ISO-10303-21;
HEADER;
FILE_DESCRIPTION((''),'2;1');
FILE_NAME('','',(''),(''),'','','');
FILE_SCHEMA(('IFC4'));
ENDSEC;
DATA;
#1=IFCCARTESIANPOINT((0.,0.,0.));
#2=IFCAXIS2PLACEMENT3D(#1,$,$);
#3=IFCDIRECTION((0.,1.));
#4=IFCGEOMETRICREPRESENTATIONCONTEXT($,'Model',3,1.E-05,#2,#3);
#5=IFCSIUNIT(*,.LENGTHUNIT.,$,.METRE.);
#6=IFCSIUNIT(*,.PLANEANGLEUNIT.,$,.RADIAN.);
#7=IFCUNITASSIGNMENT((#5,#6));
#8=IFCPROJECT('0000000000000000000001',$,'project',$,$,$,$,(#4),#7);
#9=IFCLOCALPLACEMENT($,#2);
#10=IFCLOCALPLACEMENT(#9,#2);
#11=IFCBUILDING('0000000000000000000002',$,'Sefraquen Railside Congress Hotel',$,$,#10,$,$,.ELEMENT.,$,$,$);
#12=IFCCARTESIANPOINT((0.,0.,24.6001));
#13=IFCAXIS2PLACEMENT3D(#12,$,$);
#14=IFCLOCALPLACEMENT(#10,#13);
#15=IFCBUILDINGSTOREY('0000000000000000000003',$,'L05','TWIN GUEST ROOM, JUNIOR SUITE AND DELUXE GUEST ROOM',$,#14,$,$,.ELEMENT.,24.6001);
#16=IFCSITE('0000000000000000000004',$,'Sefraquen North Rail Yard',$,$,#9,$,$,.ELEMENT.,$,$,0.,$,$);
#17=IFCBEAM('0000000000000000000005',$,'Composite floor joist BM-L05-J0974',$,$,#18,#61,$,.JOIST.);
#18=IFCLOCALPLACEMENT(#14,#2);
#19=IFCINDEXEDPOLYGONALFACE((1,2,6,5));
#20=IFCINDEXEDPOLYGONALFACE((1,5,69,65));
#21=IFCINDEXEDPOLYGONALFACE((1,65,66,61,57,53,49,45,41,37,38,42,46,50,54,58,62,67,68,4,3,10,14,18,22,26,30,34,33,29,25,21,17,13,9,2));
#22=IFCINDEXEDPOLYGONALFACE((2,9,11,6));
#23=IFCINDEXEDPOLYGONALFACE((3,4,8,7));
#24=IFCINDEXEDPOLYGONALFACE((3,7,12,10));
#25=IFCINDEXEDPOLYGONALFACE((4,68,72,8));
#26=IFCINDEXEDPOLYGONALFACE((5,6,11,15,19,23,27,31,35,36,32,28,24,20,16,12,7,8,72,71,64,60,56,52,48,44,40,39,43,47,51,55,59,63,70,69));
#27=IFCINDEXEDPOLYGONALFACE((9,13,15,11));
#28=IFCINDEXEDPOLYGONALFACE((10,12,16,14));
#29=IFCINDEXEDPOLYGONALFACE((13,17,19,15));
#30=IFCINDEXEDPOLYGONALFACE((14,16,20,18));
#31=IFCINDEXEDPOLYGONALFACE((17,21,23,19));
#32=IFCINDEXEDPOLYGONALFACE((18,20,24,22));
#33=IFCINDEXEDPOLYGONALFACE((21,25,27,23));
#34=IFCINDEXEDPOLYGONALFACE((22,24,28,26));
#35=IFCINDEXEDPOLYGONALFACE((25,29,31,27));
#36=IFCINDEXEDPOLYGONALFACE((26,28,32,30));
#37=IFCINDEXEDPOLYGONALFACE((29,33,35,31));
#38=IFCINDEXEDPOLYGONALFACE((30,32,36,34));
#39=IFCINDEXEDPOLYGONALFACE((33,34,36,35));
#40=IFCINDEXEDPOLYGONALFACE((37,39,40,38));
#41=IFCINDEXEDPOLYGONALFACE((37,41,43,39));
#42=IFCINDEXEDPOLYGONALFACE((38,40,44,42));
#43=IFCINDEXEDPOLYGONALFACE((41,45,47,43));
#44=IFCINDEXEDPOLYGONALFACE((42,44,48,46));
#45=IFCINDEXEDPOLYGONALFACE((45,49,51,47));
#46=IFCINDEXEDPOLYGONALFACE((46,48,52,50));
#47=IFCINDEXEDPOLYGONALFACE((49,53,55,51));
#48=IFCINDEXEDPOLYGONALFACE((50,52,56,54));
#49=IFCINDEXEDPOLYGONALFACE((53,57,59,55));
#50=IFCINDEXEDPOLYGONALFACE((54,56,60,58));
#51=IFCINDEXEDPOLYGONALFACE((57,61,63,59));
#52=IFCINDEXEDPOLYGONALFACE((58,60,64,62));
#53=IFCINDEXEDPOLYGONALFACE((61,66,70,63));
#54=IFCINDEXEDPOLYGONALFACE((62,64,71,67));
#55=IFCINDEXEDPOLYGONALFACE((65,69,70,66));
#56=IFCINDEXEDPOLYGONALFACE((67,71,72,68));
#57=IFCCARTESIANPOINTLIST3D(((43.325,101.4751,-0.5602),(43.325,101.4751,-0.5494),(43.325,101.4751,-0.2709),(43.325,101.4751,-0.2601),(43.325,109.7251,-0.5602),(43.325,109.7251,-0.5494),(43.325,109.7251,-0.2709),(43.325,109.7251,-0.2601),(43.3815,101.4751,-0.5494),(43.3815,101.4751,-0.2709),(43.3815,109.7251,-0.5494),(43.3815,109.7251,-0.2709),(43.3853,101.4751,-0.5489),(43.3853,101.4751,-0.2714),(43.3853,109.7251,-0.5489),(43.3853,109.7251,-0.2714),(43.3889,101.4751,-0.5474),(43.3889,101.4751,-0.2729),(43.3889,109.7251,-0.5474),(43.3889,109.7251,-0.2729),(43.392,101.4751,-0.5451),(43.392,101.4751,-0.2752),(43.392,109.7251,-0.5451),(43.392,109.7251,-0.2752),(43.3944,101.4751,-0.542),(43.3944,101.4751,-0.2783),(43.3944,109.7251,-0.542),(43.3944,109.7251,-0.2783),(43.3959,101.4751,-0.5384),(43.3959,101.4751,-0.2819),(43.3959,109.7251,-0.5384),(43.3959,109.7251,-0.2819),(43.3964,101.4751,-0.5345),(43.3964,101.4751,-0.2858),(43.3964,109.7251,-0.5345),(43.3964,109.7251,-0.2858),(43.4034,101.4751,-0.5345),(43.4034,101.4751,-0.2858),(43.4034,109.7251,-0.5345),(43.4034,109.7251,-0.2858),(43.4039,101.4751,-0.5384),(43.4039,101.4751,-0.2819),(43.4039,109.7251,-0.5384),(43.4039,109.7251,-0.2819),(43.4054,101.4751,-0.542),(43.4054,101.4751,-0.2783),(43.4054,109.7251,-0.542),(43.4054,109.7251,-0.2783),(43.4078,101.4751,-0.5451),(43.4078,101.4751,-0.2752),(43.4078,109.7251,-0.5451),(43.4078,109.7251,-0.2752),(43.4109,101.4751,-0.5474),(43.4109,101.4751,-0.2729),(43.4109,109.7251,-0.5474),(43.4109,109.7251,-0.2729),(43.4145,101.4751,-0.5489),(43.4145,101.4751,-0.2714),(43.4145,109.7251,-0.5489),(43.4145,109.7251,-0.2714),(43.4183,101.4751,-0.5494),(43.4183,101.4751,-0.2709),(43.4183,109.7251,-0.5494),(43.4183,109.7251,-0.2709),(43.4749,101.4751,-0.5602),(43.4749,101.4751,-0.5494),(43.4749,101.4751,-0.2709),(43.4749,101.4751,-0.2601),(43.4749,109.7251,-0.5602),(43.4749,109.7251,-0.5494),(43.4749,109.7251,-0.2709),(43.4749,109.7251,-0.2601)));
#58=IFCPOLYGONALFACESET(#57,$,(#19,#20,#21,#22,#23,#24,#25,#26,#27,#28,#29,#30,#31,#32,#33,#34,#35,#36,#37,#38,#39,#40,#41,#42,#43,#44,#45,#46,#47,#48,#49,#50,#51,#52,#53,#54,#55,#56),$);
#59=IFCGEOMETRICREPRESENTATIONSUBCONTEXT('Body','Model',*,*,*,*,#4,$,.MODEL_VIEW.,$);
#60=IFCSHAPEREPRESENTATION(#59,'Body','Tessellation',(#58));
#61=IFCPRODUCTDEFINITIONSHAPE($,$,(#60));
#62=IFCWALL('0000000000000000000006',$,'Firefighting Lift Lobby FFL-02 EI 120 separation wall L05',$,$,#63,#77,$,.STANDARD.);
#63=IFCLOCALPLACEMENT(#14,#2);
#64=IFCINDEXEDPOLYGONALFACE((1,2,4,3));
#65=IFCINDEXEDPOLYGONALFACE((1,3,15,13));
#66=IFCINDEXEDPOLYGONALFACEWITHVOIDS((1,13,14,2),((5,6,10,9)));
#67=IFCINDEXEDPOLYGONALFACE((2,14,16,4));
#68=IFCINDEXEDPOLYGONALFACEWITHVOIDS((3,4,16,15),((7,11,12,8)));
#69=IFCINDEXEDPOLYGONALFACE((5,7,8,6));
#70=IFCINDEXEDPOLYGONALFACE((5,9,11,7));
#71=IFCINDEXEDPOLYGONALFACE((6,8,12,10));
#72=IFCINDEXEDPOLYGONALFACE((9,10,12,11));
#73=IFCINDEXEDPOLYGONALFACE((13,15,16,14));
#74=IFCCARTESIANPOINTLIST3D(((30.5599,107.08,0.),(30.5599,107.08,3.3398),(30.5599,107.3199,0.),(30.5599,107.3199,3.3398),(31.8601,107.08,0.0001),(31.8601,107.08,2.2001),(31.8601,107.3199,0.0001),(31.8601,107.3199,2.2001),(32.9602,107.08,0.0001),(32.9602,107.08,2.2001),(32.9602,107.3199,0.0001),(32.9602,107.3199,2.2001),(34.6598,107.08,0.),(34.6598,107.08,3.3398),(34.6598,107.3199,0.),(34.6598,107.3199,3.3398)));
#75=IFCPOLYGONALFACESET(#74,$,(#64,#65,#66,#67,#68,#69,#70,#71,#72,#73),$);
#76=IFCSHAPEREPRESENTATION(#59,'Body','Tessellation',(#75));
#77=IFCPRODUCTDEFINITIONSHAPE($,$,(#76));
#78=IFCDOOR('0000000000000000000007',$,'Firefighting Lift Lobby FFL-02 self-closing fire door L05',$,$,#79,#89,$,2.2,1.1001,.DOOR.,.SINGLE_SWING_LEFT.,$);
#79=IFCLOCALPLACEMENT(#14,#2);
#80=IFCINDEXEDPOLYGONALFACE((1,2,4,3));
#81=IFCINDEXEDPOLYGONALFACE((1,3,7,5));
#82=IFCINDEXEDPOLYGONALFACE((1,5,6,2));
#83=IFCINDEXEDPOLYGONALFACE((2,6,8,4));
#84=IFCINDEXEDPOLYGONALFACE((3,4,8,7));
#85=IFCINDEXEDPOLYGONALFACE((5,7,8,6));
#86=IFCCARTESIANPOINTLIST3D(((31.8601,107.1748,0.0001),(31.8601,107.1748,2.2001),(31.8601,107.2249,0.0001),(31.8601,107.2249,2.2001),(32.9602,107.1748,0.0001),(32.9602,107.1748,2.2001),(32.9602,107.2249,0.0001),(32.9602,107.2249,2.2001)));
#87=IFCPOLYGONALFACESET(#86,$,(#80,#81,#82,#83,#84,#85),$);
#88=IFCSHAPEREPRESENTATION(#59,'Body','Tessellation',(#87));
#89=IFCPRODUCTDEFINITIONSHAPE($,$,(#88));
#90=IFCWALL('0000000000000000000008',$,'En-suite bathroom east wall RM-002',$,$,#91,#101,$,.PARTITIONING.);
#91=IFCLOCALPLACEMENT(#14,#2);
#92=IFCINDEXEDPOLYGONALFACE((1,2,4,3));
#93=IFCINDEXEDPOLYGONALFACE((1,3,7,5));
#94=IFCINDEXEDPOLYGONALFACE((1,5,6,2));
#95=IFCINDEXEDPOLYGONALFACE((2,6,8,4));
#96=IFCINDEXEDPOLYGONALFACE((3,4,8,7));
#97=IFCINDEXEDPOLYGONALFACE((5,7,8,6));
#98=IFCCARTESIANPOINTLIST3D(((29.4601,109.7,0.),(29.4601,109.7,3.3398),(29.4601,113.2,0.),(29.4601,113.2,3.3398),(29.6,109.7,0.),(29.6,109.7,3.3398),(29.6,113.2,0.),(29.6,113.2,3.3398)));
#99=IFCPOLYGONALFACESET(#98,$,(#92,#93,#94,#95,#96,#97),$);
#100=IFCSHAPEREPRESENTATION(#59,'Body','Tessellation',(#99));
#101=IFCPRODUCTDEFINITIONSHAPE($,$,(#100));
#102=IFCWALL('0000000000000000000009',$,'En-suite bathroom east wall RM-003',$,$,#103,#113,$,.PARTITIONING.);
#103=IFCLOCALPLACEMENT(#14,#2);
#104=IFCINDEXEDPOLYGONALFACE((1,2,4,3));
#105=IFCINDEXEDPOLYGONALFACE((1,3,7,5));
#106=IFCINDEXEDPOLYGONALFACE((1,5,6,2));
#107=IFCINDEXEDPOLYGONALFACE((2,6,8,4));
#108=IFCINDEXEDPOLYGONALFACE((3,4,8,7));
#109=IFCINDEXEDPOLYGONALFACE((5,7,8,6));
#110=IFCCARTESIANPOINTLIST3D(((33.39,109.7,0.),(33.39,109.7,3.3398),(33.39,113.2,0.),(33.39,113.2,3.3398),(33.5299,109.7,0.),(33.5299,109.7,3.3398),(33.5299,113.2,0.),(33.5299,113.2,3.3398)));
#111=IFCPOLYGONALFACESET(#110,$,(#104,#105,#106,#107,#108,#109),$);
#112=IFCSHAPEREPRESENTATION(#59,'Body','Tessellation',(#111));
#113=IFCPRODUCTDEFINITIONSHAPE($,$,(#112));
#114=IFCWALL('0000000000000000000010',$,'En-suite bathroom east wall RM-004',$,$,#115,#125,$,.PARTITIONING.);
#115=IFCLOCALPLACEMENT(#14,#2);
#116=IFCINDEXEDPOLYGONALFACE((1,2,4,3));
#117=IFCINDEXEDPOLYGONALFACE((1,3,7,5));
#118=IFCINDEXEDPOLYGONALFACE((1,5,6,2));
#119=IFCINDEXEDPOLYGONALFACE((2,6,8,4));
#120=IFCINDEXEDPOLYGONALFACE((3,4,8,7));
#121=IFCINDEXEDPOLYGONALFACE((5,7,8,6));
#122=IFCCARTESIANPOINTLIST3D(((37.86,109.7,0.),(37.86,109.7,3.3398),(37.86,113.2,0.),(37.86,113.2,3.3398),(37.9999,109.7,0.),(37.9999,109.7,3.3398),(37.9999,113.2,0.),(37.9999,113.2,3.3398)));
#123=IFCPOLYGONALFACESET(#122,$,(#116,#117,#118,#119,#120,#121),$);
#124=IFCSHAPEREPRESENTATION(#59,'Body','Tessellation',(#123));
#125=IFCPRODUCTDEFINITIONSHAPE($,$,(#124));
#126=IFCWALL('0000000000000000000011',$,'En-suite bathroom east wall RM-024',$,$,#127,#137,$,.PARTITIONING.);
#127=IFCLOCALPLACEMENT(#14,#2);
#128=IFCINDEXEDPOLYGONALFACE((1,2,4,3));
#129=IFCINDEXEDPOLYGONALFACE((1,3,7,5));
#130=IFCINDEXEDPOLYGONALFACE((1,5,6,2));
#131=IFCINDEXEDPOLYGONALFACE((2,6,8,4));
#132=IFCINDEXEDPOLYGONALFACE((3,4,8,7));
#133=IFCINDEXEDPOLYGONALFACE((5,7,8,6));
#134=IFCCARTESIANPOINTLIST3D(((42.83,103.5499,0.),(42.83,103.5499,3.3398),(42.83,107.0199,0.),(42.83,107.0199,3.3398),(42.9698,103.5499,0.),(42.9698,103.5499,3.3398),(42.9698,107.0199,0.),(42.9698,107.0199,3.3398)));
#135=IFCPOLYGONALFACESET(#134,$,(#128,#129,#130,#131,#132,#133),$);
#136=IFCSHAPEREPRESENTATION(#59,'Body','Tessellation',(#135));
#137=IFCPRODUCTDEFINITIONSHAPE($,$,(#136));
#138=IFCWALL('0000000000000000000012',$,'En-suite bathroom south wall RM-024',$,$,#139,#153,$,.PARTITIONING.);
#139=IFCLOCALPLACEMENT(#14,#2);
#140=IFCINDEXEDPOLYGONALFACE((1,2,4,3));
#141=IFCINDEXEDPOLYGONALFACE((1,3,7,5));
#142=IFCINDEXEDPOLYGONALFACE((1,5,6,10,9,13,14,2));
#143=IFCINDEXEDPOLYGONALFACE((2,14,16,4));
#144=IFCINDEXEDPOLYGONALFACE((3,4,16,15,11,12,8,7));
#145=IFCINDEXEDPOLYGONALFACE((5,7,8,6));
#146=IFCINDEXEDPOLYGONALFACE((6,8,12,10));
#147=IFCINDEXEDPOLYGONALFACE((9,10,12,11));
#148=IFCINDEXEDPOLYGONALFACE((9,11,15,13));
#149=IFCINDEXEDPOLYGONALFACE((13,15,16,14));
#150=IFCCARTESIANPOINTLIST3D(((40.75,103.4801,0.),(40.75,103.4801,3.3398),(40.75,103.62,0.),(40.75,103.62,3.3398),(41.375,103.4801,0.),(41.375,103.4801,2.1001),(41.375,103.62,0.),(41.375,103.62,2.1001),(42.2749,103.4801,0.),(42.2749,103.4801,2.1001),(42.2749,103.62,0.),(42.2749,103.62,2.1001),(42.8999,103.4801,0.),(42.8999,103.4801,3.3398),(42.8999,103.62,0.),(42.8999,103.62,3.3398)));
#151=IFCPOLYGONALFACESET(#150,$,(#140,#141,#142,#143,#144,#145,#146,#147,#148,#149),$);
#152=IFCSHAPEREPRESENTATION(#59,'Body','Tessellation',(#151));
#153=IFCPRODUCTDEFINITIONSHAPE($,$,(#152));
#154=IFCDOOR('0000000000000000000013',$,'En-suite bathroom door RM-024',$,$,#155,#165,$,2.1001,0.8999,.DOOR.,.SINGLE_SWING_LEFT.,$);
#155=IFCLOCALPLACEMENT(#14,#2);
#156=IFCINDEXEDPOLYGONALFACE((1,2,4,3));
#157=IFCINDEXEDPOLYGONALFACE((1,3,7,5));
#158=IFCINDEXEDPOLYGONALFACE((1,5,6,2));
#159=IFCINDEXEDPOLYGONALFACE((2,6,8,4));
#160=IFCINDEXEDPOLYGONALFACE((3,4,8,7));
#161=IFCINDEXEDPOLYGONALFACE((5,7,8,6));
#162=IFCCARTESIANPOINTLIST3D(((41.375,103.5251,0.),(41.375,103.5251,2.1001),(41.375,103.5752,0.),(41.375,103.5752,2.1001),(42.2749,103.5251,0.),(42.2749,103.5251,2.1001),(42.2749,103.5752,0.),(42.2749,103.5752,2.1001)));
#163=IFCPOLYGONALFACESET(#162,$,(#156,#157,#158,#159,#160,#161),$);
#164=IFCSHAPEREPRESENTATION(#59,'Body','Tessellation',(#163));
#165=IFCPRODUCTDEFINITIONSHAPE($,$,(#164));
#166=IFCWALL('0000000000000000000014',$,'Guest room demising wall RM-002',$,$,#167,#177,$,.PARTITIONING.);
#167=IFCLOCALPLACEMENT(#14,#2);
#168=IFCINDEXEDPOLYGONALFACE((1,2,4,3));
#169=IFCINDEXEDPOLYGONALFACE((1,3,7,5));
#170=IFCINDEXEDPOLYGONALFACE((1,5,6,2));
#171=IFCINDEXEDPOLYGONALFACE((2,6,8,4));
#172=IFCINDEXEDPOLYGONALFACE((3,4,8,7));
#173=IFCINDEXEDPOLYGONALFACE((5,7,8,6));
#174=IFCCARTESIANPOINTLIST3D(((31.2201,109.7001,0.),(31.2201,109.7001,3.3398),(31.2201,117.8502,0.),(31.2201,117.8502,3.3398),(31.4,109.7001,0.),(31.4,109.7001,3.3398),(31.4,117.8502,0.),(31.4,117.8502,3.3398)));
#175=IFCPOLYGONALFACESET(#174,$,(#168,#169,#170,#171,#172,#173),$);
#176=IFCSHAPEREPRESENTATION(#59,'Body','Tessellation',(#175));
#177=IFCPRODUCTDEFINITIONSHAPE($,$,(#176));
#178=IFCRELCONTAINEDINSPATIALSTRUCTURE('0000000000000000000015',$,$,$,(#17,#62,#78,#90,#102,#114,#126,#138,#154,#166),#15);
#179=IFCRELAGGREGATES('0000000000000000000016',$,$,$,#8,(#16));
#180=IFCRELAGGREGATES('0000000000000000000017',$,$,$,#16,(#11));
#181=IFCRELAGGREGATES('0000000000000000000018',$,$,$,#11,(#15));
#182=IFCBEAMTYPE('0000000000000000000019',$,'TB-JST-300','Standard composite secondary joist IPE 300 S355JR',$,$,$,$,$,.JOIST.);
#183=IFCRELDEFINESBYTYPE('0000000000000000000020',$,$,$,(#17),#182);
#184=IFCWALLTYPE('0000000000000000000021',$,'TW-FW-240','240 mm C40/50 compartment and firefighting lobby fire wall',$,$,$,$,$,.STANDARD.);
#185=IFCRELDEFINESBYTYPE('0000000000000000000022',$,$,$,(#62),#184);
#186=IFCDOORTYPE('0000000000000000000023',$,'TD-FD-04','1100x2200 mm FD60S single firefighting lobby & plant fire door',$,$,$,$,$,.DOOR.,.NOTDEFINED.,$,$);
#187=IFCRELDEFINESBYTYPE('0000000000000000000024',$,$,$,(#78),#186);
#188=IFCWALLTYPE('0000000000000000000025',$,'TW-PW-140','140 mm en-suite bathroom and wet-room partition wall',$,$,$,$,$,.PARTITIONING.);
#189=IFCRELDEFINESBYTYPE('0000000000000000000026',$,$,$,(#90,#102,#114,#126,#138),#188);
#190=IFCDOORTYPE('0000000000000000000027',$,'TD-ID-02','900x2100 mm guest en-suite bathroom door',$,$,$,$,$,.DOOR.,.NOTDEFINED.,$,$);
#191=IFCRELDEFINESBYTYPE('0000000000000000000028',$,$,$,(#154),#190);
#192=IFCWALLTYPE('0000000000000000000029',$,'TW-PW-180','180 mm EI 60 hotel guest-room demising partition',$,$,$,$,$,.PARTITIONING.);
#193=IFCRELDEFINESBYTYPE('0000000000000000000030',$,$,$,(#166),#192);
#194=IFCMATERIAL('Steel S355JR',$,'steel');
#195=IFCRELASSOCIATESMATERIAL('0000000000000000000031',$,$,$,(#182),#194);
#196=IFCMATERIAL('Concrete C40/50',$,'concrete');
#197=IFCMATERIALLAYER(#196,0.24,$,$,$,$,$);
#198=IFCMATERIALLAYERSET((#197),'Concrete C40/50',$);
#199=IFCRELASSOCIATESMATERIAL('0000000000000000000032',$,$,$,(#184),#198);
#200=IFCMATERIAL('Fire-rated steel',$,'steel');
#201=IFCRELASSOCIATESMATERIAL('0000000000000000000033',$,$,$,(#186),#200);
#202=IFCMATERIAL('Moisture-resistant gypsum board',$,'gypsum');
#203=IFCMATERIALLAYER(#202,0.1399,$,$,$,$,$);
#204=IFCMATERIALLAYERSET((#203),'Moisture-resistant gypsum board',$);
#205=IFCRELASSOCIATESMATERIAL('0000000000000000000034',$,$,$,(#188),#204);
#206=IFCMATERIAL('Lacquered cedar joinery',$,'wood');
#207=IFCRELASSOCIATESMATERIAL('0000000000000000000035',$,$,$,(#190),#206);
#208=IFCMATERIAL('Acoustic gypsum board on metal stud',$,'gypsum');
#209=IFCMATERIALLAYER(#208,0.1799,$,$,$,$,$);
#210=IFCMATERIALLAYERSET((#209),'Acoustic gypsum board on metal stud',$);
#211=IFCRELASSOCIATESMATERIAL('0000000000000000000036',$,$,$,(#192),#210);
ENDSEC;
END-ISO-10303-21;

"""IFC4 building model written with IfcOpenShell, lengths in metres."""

from ifc_helpers import new_model, si_unit, direction, frame, frame_2d, origin, origin_2d, place, context, subcontext, project, spatial, rectangle, i_section, extrude, material, layer, layer_set, material_profile, profile_set, type_object, element, fill, save


model = new_model("IFC4")

# Units and contexts
model_context = context("Model", 3, precision=1e-05, world=origin(), true_north=direction((0.0, 1.0)))
body_context = subcontext(model_context, "Body", "Model", "MODEL_VIEW")
ifc_project = project(units=[si_unit("LENGTHUNIT", "METRE"), si_unit("PLANEANGLEUNIT", "RADIAN")], contexts=[model_context])

# Site, building, storey
site_placement = place(None, origin())
site = spatial("IfcSite", under=ifc_project, at=site_placement, Name="Sefraquen North Rail Yard", CompositionType="ELEMENT", RefElevation=0.0)
building_placement = place(site_placement, origin())
building = spatial("IfcBuilding", under=site, at=building_placement, Name="Sefraquen Railside Congress Hotel", CompositionType="ELEMENT")
storey_placement = place(building_placement, frame((0.0, 0.0, 24.6001)))
storey = spatial("IfcBuildingStorey", under=building, at=storey_placement, Name="L05", Description="TWIN GUEST ROOM, JUNIOR SUITE AND DELUXE GUEST ROOM", CompositionType="ELEMENT", Elevation=24.6001)

# Shared definitions
ifc_material_1 = material(Name="Steel S355JR", Category="steel")

# Beam
ifc_material_profile_1 = material_profile(ifc_material_1, i_section(OverallWidth=0.1499, OverallDepth=0.3, WebThickness=0.0071, FlangeThickness=0.0107, FilletRadius=0.0149, at=origin_2d()), Name="IPE 300")
ifc_profile_set_1 = profile_set([ifc_material_profile_1], Name="Steel S355JR")
beam_type_1 = type_object("IfcBeamType", Name="TB-JST-300", Description="Standard composite secondary joist IPE 300 S355JR", PredefinedType="JOIST", material=ifc_profile_set_1)
for number, where, z_axis, x_axis, name in (
    (1, (43.3999, 101.4751, -0.4102), (0.0, 1.0, 0.0), (-1.0, 0.0, 0.0), "Composite floor joist BM-L05-J0974"),
):
    element("IfcBeam", number, at=place(storey_placement, frame(where, z_axis=z_axis, x_axis=x_axis)), inside=storey, type_object=beam_type_1, Name=name, PredefinedType="JOIST", context=body_context, shape_type="SweptSolid", body=[
        extrude(i_section(OverallWidth=0.1499, OverallDepth=0.3, WebThickness=0.0071, FlangeThickness=0.0107, FilletRadius=0.0149, at=origin_2d()), origin(), (0.0, 0.0, 1.0), 8.25),
    ])

# Wall, opening, door
ifc_material_2 = material(Name="Concrete C40/50", Category="concrete")
ifc_layer_1 = layer(ifc_material_2, 0.24)
ifc_layer_set_1 = layer_set([ifc_layer_1], Name="Concrete C40/50")
wall_type_1 = type_object("IfcWallType", Name="TW-FW-240", Description="240 mm C40/50 compartment and firefighting lobby fire wall", PredefinedType="STANDARD", material=ifc_layer_set_1)
wall_1_placement = place(storey_placement, frame((30.5601, 107.2, 0.0), z_axis=(0.0, 0.0, 1.0), x_axis=(1.0, 0.0, 0.0)))
wall_1 = element("IfcWall", 2, at=wall_1_placement, inside=storey, type_object=wall_type_1, Name="Firefighting Lift Lobby FFL-02 EI 120 separation wall L05", PredefinedType="STANDARD", context=body_context, shape_type="SweptSolid", body=[
    extrude(rectangle(XDim=4.0999, YDim=0.24, at=frame_2d((2.0498, 0.0))), origin(), (0.0, 0.0, 1.0), 3.3398),
])
opening_1_placement = place(wall_1_placement, frame((1.3, 0.0, 0.0)))
opening_1 = element("IfcOpeningElement", 3, at=opening_1_placement, cuts=wall_1, PredefinedType="OPENING", context=body_context, shape_type="SweptSolid", body=[
    extrude(rectangle(XDim=1.1001, YDim=2.2, at=frame_2d((0.55, 1.1001))), frame((0.0, 0.1299, 0.0), z_axis=(0.0, -1.0, 0.0), x_axis=(1.0, 0.0, 0.0)), (0.0, 0.0, 1.0), 0.26),
])
ifc_material_3 = material(Name="Fire-rated steel", Category="steel")
door_type_1 = type_object("IfcDoorType", Name="TD-FD-04", Description="1100x2200 mm FD60S single firefighting lobby & plant fire door", OperationType="NOTDEFINED", PredefinedType="DOOR", material=ifc_material_3)
door_1_placement = place(opening_1_placement, origin())
door_1 = element("IfcDoor", 4, at=door_1_placement, inside=storey, type_object=door_type_1, Name="Firefighting Lift Lobby FFL-02 self-closing fire door L05", OperationType="SINGLE_SWING_LEFT", OverallHeight=2.2, OverallWidth=1.1001, PredefinedType="DOOR", context=body_context, shape_type="SweptSolid", body=[
    extrude(rectangle(XDim=1.1001, YDim=2.2, at=frame_2d((0.55, 1.1001))), frame((0.0, 0.0249, 0.0), z_axis=(0.0, -1.0, 0.0), x_axis=(1.0, 0.0, 0.0)), (0.0, 0.0, 1.0), 0.05),
])
fill(opening_1, door_1)

# Walls
ifc_material_4 = material(Name="Moisture-resistant gypsum board", Category="gypsum")
ifc_layer_2 = layer(ifc_material_4, 0.1399)
ifc_layer_set_2 = layer_set([ifc_layer_2], Name="Moisture-resistant gypsum board")
wall_type_2 = type_object("IfcWallType", Name="TW-PW-140", Description="140 mm en-suite bathroom and wet-room partition wall", PredefinedType="PARTITIONING", material=ifc_layer_set_2)
for number, where, z_axis, x_axis, name in (
    (5, (29.53, 109.7, 0.0), (0.0, 0.0, 1.0), (0.0, 1.0, 0.0), "En-suite bathroom east wall RM-002"),
    (6, (33.46, 109.7, 0.0), (0.0, 0.0, 1.0), (0.0, 1.0, 0.0), "En-suite bathroom east wall RM-003"),
    (7, (37.9299, 109.7, 0.0), (0.0, 0.0, 1.0), (0.0, 1.0, 0.0), "En-suite bathroom east wall RM-004"),
):
    element("IfcWall", number, at=place(storey_placement, frame(where, z_axis=z_axis, x_axis=x_axis)), inside=storey, type_object=wall_type_2, Name=name, PredefinedType="PARTITIONING", context=body_context, shape_type="SweptSolid", body=[
        extrude(rectangle(XDim=3.5, YDim=0.1399, at=frame_2d((1.75, 0.0))), origin(), (0.0, 0.0, 1.0), 3.3398),
    ])
wall_2_placement = place(storey_placement, frame((42.8999, 103.55, 0.0), z_axis=(0.0, 0.0, 1.0), x_axis=(0.0, 1.0, 0.0)))
element("IfcWall", 8, at=wall_2_placement, inside=storey, type_object=wall_type_2, Name="En-suite bathroom east wall RM-024", PredefinedType="PARTITIONING", context=body_context, shape_type="SweptSolid", body=[
    extrude(rectangle(XDim=3.47, YDim=0.1399, at=frame_2d((1.7349, 0.0))), origin(), (0.0, 0.0, 1.0), 3.3398),
])

# Wall, opening, door
wall_3_placement = place(storey_placement, frame((40.75, 103.55, 0.0), z_axis=(0.0, 0.0, 1.0), x_axis=(1.0, 0.0, 0.0)))
wall_3 = element("IfcWall", 9, at=wall_3_placement, inside=storey, type_object=wall_type_2, Name="En-suite bathroom south wall RM-024", PredefinedType="PARTITIONING", context=body_context, shape_type="SweptSolid", body=[
    extrude(rectangle(XDim=2.1499, YDim=0.1399, at=frame_2d((1.075, 0.0))), origin(), (0.0, 0.0, 1.0), 3.3398),
])
opening_2_placement = place(wall_3_placement, frame((0.625, 0.0, 0.0)))
opening_2 = element("IfcOpeningElement", 10, at=opening_2_placement, cuts=wall_3, PredefinedType="OPENING", context=body_context, shape_type="SweptSolid", body=[
    extrude(rectangle(XDim=0.8999, YDim=2.1001, at=frame_2d((0.45, 1.05))), frame((0.0, 0.0798, 0.0), z_axis=(0.0, -1.0, 0.0), x_axis=(1.0, 0.0, 0.0)), (0.0, 0.0, 1.0), 0.1599),
])
ifc_material_5 = material(Name="Lacquered cedar joinery", Category="wood")
door_type_2 = type_object("IfcDoorType", Name="TD-ID-02", Description="900x2100 mm guest en-suite bathroom door", OperationType="NOTDEFINED", PredefinedType="DOOR", material=ifc_material_5)
door_2_placement = place(opening_2_placement, frame((0.8999, 0.0, 0.0), z_axis=(0.0, 0.0, 1.0), x_axis=(-1.0, 0.0, 0.0)))
door_2 = element("IfcDoor", 11, at=door_2_placement, inside=storey, type_object=door_type_2, Name="En-suite bathroom door RM-024", OperationType="SINGLE_SWING_LEFT", OverallHeight=2.1001, OverallWidth=0.8999, PredefinedType="DOOR", context=body_context, shape_type="SweptSolid", body=[
    extrude(rectangle(XDim=0.8999, YDim=2.1001, at=frame_2d((0.45, 1.05))), frame((0.0, 0.0249, 0.0), z_axis=(0.0, -1.0, 0.0), x_axis=(1.0, 0.0, 0.0)), (0.0, 0.0, 1.0), 0.05),
])
fill(opening_2, door_2)

# Wall
ifc_material_6 = material(Name="Acoustic gypsum board on metal stud", Category="gypsum")
ifc_layer_3 = layer(ifc_material_6, 0.1799)
ifc_layer_set_3 = layer_set([ifc_layer_3], Name="Acoustic gypsum board on metal stud")
wall_type_3 = type_object("IfcWallType", Name="TW-PW-180", Description="180 mm EI 60 hotel guest-room demising partition", PredefinedType="PARTITIONING", material=ifc_layer_set_3)
wall_4_placement = place(storey_placement, frame((31.3101, 109.7, 0.0), z_axis=(0.0, 0.0, 1.0), x_axis=(0.0, 1.0, 0.0)))
element("IfcWall", 12, at=wall_4_placement, inside=storey, type_object=wall_type_3, Name="Guest room demising wall RM-002", PredefinedType="PARTITIONING", context=body_context, shape_type="SweptSolid", body=[
    extrude(rectangle(XDim=8.1501, YDim=0.1799, at=frame_2d((4.0752, 0.0))), origin(), (0.0, 0.0, 1.0), 3.3398),
])

save(model, "model.ifc")
